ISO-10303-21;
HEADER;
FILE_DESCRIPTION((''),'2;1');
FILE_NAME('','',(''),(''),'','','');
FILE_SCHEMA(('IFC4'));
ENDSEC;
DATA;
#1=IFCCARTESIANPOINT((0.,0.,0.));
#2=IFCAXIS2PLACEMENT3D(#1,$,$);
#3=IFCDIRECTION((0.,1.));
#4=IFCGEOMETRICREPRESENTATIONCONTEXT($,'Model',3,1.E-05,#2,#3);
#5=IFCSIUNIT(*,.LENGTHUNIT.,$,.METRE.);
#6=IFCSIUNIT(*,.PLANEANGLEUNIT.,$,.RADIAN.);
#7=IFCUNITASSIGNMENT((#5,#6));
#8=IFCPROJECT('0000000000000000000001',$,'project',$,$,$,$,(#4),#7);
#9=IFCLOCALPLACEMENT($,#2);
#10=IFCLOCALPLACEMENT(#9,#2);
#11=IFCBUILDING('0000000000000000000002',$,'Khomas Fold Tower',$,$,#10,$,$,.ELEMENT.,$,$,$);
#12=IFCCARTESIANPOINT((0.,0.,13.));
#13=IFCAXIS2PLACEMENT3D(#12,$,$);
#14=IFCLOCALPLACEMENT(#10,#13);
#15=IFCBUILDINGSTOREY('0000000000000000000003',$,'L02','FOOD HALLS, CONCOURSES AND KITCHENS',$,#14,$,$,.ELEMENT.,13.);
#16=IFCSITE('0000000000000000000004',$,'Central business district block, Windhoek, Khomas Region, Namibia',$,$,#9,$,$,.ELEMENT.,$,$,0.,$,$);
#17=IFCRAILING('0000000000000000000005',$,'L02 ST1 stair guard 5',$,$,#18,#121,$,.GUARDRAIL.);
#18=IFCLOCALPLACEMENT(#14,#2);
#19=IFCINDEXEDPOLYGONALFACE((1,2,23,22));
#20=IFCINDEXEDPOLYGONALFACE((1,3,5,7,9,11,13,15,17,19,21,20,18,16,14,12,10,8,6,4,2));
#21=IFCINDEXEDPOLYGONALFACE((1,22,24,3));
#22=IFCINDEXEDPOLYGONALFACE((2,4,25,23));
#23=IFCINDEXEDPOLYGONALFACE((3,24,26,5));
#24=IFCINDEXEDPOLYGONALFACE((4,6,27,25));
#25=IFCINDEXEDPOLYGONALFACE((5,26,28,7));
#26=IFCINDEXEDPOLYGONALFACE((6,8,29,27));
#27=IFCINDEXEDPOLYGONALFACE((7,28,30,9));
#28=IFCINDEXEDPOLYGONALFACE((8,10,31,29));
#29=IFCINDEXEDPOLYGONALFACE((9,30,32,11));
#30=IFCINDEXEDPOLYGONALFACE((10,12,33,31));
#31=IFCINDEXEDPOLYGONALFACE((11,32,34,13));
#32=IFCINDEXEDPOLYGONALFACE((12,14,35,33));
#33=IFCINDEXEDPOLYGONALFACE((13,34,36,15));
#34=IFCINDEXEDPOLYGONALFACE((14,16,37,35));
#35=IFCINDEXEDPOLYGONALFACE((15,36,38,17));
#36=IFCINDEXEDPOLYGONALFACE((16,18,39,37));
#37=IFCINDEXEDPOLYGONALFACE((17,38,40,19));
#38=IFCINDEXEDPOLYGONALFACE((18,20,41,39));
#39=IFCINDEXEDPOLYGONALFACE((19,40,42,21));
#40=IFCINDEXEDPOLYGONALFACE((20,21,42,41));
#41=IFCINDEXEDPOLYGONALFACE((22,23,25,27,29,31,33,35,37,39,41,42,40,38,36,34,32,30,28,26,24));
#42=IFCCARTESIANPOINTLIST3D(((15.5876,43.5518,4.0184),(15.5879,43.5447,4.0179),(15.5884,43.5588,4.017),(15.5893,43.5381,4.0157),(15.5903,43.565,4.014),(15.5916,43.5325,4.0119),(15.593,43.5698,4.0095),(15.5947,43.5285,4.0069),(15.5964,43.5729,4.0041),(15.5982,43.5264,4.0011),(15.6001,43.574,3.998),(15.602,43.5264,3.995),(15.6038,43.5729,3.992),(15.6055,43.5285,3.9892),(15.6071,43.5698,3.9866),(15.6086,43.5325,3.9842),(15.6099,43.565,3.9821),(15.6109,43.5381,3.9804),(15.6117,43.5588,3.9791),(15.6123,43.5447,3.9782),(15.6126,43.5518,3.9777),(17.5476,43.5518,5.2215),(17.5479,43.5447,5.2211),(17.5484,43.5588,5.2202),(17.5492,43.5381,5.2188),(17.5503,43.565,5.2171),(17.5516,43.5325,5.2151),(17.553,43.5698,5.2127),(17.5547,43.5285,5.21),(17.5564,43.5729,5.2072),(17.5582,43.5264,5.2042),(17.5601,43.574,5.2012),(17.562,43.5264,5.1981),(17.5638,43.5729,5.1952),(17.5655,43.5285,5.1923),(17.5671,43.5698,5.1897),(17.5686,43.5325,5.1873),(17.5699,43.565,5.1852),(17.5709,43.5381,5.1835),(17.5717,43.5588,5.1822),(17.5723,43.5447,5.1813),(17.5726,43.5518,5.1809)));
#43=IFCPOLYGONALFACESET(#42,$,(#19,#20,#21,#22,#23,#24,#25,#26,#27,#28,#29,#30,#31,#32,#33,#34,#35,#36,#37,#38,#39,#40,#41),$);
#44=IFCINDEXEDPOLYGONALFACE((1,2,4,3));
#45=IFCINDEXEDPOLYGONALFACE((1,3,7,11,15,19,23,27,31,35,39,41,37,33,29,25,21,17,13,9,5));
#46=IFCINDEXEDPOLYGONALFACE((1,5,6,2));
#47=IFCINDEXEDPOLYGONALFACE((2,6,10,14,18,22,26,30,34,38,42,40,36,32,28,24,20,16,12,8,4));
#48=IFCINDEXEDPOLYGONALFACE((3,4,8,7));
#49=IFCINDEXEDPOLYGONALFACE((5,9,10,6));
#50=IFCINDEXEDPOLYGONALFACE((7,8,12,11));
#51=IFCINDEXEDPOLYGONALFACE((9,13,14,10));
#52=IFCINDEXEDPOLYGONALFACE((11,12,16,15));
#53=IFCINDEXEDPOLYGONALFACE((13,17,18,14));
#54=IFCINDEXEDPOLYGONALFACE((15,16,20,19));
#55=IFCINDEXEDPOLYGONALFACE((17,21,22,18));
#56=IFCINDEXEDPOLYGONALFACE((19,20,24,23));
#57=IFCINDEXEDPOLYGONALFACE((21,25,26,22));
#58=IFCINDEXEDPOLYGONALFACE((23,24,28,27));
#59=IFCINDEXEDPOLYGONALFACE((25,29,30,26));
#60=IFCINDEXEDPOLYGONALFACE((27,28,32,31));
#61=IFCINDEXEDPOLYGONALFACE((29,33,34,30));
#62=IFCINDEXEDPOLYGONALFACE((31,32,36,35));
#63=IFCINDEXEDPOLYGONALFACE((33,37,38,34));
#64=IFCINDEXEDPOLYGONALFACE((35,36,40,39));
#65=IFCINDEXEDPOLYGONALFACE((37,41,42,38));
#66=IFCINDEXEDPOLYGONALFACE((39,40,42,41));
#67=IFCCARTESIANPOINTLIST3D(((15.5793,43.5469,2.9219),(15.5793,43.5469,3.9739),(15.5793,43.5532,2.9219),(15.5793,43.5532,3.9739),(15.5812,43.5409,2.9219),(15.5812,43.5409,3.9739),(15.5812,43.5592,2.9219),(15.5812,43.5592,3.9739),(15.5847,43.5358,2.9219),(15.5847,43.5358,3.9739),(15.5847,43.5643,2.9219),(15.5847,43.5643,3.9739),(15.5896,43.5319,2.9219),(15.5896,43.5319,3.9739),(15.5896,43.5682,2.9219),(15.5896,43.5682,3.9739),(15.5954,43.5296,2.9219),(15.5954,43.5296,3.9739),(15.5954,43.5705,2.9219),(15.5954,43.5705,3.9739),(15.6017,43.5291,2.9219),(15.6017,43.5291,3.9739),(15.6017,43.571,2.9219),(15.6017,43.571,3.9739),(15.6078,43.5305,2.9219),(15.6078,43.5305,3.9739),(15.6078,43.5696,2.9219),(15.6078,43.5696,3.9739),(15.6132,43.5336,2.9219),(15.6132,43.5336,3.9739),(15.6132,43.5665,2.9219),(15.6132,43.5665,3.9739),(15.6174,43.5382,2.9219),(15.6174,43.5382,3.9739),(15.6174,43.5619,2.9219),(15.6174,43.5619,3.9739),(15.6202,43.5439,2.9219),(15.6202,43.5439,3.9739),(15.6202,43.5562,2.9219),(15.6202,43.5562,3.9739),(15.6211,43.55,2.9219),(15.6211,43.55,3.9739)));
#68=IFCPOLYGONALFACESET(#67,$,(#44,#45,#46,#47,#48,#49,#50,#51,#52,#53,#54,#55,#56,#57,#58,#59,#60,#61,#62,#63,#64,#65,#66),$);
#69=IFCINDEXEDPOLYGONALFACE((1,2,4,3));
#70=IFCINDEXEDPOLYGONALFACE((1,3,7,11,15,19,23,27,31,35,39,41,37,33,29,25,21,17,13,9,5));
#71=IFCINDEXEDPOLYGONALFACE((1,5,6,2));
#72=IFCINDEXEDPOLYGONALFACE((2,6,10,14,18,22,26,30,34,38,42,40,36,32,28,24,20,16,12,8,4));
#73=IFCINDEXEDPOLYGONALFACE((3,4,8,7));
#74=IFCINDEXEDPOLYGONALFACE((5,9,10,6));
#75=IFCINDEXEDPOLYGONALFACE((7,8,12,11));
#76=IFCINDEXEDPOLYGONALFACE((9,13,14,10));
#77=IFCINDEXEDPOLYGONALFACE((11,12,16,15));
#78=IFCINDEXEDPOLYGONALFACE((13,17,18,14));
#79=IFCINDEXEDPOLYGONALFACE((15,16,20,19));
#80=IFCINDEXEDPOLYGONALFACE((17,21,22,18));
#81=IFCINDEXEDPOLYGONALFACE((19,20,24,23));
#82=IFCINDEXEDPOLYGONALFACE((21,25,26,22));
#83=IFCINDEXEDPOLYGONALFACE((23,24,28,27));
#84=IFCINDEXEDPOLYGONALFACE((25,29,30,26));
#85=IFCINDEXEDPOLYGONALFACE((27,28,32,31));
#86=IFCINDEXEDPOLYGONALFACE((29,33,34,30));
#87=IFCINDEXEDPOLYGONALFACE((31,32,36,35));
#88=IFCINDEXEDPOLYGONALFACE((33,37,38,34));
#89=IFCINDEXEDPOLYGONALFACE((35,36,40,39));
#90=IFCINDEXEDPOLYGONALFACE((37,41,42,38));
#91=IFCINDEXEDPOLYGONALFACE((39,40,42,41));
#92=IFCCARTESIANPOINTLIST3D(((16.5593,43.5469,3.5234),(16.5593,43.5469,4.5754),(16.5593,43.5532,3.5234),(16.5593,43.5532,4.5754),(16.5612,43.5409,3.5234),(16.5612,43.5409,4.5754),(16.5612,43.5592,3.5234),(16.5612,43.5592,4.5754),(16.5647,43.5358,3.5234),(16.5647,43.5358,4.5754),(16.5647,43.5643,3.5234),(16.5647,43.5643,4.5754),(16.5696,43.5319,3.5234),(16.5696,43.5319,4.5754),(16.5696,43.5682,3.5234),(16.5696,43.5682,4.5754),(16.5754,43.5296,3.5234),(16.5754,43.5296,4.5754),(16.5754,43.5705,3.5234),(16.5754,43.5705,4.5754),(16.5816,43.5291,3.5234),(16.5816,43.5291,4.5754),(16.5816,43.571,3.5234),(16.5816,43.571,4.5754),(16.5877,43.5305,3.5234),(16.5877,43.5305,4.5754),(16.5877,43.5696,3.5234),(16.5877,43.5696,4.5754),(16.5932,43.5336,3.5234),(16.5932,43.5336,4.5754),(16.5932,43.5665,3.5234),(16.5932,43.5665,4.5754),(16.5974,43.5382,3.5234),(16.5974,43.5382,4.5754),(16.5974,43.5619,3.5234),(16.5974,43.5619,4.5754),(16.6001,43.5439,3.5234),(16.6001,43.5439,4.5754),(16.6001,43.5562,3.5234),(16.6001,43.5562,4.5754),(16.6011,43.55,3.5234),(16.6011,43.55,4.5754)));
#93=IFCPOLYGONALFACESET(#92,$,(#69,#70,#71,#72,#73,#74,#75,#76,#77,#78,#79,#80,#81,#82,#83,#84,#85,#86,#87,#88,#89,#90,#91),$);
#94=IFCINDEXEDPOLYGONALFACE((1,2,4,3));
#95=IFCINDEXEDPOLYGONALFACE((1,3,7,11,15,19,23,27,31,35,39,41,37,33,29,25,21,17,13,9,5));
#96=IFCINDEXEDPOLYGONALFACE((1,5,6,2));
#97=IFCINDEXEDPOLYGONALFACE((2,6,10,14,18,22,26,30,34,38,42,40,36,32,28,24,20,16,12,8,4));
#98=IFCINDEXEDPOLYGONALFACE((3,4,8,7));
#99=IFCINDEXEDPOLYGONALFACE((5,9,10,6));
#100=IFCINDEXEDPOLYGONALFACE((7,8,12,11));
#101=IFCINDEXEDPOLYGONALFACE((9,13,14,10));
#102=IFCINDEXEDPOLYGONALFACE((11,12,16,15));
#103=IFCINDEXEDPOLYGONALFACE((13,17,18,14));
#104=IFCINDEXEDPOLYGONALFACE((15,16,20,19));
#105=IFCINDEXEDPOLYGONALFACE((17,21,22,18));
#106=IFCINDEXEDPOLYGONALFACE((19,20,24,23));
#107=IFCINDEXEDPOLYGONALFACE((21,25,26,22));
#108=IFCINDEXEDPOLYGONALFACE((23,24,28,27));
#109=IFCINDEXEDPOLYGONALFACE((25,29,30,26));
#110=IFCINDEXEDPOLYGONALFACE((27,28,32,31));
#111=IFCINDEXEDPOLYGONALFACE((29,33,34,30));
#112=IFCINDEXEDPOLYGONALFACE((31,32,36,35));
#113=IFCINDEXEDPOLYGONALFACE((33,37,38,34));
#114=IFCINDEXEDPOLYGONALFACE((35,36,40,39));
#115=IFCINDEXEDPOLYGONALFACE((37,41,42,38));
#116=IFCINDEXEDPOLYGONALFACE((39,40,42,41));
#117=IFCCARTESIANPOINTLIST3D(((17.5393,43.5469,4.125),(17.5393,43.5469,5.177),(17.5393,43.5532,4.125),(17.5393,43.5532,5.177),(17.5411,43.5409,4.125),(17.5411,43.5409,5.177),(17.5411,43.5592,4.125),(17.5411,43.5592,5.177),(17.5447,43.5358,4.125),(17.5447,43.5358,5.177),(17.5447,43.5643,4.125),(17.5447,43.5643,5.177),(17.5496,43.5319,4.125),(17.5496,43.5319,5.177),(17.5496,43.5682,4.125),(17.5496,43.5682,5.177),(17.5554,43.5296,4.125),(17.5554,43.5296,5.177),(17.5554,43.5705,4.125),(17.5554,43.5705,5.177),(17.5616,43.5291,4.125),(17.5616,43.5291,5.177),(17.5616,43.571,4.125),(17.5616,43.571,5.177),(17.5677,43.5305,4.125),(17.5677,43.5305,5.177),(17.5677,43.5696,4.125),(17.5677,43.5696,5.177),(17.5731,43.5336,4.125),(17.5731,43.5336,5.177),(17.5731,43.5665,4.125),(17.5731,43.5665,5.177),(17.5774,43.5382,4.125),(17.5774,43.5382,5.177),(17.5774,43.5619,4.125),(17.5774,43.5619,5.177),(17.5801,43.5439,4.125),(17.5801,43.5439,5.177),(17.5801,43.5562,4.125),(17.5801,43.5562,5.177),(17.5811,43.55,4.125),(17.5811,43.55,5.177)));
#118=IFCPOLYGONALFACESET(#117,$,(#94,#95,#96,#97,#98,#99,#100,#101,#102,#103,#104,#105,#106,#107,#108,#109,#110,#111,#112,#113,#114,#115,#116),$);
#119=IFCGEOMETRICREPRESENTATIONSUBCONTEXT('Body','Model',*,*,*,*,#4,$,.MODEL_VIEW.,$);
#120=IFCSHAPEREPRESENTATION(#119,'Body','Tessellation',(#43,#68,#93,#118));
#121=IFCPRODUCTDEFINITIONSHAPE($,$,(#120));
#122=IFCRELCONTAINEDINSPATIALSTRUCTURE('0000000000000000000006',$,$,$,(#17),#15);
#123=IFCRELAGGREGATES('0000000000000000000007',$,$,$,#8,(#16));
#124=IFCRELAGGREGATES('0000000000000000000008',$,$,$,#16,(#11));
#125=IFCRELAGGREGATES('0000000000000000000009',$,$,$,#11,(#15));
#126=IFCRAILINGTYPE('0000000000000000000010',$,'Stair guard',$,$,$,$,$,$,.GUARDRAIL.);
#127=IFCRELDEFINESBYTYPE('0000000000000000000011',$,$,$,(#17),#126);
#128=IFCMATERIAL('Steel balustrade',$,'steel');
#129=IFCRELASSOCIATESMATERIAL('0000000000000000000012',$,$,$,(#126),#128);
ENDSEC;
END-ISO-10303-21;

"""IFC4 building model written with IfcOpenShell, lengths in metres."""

from ifc_helpers import new_model, si_unit, direction, frame, origin, origin_2d, place, context, subcontext, project, spatial, circle, extrude, source, transform, mapped, material, type_object, element, save


model = new_model("IFC4")

# Units and contexts
model_context = context("Model", 3, precision=1e-05, world=origin(), true_north=direction((0.0, 1.0)))
body_context = subcontext(model_context, "Body", "Model", "MODEL_VIEW")
ifc_project = project(units=[si_unit("LENGTHUNIT", "METRE"), si_unit("PLANEANGLEUNIT", "RADIAN")], contexts=[model_context])

# Site, building, storey
site_placement = place(None, origin())
site = spatial("IfcSite", under=ifc_project, at=site_placement, Name="Central business district block, Windhoek, Khomas Region, Namibia", CompositionType="ELEMENT", RefElevation=0.0)
building_placement = place(site_placement, origin())
building = spatial("IfcBuilding", under=site, at=building_placement, Name="Khomas Fold Tower", CompositionType="ELEMENT")
storey_placement = place(building_placement, frame((0.0, 0.0, 13.0)))
storey = spatial("IfcBuildingStorey", under=building, at=storey_placement, Name="L02", Description="FOOD HALLS, CONCOURSES AND KITCHENS", CompositionType="ELEMENT", Elevation=13.0)

# Railing
ifc_material_1 = material(Name="Steel balustrade", Category="steel")
railing_type_1 = type_object("IfcRailingType", Name="Stair guard", PredefinedType="GUARDRAIL", material=ifc_material_1)
shared_shape_1 = source(origin(), body_context, "Body", "SweptSolid", [
    extrude(circle(Radius=0.0239, at=origin_2d()), frame((0.0, 0.0, 1.0762), z_axis=(0.852241, 0.0, 0.523149), x_axis=(0.0, 1.0, 0.0)), (0.0, 0.0, 1.0), 2.2998),
    extrude(circle(Radius=0.021, at=origin_2d()), origin(), (0.0, 0.0, 1.0), 1.052),
    extrude(circle(Radius=0.021, at=origin_2d()), frame((0.98, 0.0, 0.6016)), (0.0, 0.0, 1.0), 1.052),
    extrude(circle(Radius=0.021, at=origin_2d()), frame((1.96, 0.0, 1.2031)), (0.0, 0.0, 1.0), 1.052),
])
for number, where, name in (
    (1, (15.6001, 43.55, 2.9219), "L02 ST1 stair guard 5"),
):
    element("IfcRailing", number, at=place(storey_placement, frame(where)), inside=storey, type_object=railing_type_1, Name=name, PredefinedType="GUARDRAIL", context=body_context, shape_type="MappedRepresentation", body=[
        mapped(shared_shape_1, transform((0.0, 0.0, 0.0))),
    ])

save(model, "model.ifc")
